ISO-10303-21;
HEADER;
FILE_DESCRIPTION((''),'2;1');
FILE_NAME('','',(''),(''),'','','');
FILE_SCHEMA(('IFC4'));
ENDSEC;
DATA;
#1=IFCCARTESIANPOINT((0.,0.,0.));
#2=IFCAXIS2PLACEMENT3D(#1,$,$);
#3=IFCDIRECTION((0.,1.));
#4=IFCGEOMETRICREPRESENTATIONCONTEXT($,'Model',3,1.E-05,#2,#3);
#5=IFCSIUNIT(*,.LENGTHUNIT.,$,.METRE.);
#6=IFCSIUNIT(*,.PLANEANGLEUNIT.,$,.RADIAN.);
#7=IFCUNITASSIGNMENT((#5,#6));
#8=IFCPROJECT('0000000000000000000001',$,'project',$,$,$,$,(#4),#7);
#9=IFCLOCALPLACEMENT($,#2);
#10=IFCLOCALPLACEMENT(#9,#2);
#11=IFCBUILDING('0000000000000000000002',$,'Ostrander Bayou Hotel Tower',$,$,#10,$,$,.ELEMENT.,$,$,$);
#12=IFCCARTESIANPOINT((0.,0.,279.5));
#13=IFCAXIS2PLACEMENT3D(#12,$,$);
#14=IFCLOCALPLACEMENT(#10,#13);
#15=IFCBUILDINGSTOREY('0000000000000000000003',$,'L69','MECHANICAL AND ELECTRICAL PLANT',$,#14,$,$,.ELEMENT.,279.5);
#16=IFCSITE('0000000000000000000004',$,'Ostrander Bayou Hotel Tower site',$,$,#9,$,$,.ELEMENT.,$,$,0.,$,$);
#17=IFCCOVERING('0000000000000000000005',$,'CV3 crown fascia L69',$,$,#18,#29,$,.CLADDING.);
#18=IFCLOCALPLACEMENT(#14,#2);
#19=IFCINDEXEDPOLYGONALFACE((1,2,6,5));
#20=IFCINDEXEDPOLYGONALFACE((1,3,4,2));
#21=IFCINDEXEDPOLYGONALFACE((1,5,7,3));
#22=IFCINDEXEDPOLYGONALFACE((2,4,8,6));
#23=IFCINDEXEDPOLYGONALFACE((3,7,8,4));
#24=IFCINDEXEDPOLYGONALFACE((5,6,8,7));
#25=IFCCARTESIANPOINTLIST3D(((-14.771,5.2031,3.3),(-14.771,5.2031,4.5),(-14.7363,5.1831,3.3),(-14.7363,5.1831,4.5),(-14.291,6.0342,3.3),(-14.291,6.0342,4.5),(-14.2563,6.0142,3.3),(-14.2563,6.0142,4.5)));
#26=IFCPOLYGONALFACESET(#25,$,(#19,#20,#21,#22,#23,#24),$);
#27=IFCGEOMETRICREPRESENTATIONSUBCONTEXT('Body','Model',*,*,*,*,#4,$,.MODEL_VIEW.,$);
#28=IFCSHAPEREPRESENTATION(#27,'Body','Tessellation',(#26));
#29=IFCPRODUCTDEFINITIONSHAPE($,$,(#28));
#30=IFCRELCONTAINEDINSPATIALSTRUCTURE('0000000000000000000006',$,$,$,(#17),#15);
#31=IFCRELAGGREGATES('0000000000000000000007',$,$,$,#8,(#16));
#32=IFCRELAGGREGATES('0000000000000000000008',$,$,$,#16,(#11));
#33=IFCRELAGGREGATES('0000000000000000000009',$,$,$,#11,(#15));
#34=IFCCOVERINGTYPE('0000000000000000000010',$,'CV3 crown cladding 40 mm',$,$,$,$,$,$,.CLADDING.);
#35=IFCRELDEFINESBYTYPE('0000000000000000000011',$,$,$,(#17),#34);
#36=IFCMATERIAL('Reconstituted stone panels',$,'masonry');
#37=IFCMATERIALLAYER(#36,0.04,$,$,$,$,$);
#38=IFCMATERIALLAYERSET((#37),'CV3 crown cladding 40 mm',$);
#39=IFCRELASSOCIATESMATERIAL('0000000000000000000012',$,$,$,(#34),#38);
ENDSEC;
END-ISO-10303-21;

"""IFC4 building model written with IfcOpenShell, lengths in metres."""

from ifc_helpers import new_model, si_unit, direction, frame, origin, place, context, subcontext, project, spatial, polyline, outline, extrude, material, layer, layer_set, type_object, element, save


model = new_model("IFC4")

# Units and contexts
model_context = context("Model", 3, precision=1e-05, world=origin(), true_north=direction((0.0, 1.0)))
body_context = subcontext(model_context, "Body", "Model", "MODEL_VIEW")
ifc_project = project(units=[si_unit("LENGTHUNIT", "METRE"), si_unit("PLANEANGLEUNIT", "RADIAN")], contexts=[model_context])

# Site, building, storey
site_placement = place(None, origin())
site = spatial("IfcSite", under=ifc_project, at=site_placement, Name="Ostrander Bayou Hotel Tower site", CompositionType="ELEMENT", RefElevation=0.0)
building_placement = place(site_placement, origin())
building = spatial("IfcBuilding", under=site, at=building_placement, Name="Ostrander Bayou Hotel Tower", CompositionType="ELEMENT")
storey_placement = place(building_placement, frame((0.0, 0.0, 279.5)))
storey = spatial("IfcBuildingStorey", under=building, at=storey_placement, Name="L69", Description="MECHANICAL AND ELECTRICAL PLANT", CompositionType="ELEMENT", Elevation=279.5)

# Covering
ifc_material_1 = material(Name="Reconstituted stone panels", Category="masonry")
ifc_layer_1 = layer(ifc_material_1, 0.04)
ifc_layer_set_1 = layer_set([ifc_layer_1], Name="CV3 crown cladding 40 mm")
covering_type = type_object("IfcCoveringType", Name="CV3 crown cladding 40 mm", PredefinedType="CLADDING", material=ifc_layer_set_1)
covering_1_placement = place(storey_placement, frame((-14.291, 6.0342, 3.3), z_axis=(-0.865948, 0.500133, 0.0), x_axis=(-0.500133, -0.865948, 0.0)))
element("IfcCovering", 1, at=covering_1_placement, inside=storey, type_object=covering_type, Name="CV3 crown fascia L69", PredefinedType="CLADDING", context=body_context, shape_type="SweptSolid", body=[
    extrude(outline(polyline([(0.0, 0.0), (0.9597, 0.0), (0.9597, 1.2), (0.0, 1.2), (0.0, 0.0)])), origin(), (0.0, 0.0, -1.0), 0.04),
])

save(model, "model.ifc")
